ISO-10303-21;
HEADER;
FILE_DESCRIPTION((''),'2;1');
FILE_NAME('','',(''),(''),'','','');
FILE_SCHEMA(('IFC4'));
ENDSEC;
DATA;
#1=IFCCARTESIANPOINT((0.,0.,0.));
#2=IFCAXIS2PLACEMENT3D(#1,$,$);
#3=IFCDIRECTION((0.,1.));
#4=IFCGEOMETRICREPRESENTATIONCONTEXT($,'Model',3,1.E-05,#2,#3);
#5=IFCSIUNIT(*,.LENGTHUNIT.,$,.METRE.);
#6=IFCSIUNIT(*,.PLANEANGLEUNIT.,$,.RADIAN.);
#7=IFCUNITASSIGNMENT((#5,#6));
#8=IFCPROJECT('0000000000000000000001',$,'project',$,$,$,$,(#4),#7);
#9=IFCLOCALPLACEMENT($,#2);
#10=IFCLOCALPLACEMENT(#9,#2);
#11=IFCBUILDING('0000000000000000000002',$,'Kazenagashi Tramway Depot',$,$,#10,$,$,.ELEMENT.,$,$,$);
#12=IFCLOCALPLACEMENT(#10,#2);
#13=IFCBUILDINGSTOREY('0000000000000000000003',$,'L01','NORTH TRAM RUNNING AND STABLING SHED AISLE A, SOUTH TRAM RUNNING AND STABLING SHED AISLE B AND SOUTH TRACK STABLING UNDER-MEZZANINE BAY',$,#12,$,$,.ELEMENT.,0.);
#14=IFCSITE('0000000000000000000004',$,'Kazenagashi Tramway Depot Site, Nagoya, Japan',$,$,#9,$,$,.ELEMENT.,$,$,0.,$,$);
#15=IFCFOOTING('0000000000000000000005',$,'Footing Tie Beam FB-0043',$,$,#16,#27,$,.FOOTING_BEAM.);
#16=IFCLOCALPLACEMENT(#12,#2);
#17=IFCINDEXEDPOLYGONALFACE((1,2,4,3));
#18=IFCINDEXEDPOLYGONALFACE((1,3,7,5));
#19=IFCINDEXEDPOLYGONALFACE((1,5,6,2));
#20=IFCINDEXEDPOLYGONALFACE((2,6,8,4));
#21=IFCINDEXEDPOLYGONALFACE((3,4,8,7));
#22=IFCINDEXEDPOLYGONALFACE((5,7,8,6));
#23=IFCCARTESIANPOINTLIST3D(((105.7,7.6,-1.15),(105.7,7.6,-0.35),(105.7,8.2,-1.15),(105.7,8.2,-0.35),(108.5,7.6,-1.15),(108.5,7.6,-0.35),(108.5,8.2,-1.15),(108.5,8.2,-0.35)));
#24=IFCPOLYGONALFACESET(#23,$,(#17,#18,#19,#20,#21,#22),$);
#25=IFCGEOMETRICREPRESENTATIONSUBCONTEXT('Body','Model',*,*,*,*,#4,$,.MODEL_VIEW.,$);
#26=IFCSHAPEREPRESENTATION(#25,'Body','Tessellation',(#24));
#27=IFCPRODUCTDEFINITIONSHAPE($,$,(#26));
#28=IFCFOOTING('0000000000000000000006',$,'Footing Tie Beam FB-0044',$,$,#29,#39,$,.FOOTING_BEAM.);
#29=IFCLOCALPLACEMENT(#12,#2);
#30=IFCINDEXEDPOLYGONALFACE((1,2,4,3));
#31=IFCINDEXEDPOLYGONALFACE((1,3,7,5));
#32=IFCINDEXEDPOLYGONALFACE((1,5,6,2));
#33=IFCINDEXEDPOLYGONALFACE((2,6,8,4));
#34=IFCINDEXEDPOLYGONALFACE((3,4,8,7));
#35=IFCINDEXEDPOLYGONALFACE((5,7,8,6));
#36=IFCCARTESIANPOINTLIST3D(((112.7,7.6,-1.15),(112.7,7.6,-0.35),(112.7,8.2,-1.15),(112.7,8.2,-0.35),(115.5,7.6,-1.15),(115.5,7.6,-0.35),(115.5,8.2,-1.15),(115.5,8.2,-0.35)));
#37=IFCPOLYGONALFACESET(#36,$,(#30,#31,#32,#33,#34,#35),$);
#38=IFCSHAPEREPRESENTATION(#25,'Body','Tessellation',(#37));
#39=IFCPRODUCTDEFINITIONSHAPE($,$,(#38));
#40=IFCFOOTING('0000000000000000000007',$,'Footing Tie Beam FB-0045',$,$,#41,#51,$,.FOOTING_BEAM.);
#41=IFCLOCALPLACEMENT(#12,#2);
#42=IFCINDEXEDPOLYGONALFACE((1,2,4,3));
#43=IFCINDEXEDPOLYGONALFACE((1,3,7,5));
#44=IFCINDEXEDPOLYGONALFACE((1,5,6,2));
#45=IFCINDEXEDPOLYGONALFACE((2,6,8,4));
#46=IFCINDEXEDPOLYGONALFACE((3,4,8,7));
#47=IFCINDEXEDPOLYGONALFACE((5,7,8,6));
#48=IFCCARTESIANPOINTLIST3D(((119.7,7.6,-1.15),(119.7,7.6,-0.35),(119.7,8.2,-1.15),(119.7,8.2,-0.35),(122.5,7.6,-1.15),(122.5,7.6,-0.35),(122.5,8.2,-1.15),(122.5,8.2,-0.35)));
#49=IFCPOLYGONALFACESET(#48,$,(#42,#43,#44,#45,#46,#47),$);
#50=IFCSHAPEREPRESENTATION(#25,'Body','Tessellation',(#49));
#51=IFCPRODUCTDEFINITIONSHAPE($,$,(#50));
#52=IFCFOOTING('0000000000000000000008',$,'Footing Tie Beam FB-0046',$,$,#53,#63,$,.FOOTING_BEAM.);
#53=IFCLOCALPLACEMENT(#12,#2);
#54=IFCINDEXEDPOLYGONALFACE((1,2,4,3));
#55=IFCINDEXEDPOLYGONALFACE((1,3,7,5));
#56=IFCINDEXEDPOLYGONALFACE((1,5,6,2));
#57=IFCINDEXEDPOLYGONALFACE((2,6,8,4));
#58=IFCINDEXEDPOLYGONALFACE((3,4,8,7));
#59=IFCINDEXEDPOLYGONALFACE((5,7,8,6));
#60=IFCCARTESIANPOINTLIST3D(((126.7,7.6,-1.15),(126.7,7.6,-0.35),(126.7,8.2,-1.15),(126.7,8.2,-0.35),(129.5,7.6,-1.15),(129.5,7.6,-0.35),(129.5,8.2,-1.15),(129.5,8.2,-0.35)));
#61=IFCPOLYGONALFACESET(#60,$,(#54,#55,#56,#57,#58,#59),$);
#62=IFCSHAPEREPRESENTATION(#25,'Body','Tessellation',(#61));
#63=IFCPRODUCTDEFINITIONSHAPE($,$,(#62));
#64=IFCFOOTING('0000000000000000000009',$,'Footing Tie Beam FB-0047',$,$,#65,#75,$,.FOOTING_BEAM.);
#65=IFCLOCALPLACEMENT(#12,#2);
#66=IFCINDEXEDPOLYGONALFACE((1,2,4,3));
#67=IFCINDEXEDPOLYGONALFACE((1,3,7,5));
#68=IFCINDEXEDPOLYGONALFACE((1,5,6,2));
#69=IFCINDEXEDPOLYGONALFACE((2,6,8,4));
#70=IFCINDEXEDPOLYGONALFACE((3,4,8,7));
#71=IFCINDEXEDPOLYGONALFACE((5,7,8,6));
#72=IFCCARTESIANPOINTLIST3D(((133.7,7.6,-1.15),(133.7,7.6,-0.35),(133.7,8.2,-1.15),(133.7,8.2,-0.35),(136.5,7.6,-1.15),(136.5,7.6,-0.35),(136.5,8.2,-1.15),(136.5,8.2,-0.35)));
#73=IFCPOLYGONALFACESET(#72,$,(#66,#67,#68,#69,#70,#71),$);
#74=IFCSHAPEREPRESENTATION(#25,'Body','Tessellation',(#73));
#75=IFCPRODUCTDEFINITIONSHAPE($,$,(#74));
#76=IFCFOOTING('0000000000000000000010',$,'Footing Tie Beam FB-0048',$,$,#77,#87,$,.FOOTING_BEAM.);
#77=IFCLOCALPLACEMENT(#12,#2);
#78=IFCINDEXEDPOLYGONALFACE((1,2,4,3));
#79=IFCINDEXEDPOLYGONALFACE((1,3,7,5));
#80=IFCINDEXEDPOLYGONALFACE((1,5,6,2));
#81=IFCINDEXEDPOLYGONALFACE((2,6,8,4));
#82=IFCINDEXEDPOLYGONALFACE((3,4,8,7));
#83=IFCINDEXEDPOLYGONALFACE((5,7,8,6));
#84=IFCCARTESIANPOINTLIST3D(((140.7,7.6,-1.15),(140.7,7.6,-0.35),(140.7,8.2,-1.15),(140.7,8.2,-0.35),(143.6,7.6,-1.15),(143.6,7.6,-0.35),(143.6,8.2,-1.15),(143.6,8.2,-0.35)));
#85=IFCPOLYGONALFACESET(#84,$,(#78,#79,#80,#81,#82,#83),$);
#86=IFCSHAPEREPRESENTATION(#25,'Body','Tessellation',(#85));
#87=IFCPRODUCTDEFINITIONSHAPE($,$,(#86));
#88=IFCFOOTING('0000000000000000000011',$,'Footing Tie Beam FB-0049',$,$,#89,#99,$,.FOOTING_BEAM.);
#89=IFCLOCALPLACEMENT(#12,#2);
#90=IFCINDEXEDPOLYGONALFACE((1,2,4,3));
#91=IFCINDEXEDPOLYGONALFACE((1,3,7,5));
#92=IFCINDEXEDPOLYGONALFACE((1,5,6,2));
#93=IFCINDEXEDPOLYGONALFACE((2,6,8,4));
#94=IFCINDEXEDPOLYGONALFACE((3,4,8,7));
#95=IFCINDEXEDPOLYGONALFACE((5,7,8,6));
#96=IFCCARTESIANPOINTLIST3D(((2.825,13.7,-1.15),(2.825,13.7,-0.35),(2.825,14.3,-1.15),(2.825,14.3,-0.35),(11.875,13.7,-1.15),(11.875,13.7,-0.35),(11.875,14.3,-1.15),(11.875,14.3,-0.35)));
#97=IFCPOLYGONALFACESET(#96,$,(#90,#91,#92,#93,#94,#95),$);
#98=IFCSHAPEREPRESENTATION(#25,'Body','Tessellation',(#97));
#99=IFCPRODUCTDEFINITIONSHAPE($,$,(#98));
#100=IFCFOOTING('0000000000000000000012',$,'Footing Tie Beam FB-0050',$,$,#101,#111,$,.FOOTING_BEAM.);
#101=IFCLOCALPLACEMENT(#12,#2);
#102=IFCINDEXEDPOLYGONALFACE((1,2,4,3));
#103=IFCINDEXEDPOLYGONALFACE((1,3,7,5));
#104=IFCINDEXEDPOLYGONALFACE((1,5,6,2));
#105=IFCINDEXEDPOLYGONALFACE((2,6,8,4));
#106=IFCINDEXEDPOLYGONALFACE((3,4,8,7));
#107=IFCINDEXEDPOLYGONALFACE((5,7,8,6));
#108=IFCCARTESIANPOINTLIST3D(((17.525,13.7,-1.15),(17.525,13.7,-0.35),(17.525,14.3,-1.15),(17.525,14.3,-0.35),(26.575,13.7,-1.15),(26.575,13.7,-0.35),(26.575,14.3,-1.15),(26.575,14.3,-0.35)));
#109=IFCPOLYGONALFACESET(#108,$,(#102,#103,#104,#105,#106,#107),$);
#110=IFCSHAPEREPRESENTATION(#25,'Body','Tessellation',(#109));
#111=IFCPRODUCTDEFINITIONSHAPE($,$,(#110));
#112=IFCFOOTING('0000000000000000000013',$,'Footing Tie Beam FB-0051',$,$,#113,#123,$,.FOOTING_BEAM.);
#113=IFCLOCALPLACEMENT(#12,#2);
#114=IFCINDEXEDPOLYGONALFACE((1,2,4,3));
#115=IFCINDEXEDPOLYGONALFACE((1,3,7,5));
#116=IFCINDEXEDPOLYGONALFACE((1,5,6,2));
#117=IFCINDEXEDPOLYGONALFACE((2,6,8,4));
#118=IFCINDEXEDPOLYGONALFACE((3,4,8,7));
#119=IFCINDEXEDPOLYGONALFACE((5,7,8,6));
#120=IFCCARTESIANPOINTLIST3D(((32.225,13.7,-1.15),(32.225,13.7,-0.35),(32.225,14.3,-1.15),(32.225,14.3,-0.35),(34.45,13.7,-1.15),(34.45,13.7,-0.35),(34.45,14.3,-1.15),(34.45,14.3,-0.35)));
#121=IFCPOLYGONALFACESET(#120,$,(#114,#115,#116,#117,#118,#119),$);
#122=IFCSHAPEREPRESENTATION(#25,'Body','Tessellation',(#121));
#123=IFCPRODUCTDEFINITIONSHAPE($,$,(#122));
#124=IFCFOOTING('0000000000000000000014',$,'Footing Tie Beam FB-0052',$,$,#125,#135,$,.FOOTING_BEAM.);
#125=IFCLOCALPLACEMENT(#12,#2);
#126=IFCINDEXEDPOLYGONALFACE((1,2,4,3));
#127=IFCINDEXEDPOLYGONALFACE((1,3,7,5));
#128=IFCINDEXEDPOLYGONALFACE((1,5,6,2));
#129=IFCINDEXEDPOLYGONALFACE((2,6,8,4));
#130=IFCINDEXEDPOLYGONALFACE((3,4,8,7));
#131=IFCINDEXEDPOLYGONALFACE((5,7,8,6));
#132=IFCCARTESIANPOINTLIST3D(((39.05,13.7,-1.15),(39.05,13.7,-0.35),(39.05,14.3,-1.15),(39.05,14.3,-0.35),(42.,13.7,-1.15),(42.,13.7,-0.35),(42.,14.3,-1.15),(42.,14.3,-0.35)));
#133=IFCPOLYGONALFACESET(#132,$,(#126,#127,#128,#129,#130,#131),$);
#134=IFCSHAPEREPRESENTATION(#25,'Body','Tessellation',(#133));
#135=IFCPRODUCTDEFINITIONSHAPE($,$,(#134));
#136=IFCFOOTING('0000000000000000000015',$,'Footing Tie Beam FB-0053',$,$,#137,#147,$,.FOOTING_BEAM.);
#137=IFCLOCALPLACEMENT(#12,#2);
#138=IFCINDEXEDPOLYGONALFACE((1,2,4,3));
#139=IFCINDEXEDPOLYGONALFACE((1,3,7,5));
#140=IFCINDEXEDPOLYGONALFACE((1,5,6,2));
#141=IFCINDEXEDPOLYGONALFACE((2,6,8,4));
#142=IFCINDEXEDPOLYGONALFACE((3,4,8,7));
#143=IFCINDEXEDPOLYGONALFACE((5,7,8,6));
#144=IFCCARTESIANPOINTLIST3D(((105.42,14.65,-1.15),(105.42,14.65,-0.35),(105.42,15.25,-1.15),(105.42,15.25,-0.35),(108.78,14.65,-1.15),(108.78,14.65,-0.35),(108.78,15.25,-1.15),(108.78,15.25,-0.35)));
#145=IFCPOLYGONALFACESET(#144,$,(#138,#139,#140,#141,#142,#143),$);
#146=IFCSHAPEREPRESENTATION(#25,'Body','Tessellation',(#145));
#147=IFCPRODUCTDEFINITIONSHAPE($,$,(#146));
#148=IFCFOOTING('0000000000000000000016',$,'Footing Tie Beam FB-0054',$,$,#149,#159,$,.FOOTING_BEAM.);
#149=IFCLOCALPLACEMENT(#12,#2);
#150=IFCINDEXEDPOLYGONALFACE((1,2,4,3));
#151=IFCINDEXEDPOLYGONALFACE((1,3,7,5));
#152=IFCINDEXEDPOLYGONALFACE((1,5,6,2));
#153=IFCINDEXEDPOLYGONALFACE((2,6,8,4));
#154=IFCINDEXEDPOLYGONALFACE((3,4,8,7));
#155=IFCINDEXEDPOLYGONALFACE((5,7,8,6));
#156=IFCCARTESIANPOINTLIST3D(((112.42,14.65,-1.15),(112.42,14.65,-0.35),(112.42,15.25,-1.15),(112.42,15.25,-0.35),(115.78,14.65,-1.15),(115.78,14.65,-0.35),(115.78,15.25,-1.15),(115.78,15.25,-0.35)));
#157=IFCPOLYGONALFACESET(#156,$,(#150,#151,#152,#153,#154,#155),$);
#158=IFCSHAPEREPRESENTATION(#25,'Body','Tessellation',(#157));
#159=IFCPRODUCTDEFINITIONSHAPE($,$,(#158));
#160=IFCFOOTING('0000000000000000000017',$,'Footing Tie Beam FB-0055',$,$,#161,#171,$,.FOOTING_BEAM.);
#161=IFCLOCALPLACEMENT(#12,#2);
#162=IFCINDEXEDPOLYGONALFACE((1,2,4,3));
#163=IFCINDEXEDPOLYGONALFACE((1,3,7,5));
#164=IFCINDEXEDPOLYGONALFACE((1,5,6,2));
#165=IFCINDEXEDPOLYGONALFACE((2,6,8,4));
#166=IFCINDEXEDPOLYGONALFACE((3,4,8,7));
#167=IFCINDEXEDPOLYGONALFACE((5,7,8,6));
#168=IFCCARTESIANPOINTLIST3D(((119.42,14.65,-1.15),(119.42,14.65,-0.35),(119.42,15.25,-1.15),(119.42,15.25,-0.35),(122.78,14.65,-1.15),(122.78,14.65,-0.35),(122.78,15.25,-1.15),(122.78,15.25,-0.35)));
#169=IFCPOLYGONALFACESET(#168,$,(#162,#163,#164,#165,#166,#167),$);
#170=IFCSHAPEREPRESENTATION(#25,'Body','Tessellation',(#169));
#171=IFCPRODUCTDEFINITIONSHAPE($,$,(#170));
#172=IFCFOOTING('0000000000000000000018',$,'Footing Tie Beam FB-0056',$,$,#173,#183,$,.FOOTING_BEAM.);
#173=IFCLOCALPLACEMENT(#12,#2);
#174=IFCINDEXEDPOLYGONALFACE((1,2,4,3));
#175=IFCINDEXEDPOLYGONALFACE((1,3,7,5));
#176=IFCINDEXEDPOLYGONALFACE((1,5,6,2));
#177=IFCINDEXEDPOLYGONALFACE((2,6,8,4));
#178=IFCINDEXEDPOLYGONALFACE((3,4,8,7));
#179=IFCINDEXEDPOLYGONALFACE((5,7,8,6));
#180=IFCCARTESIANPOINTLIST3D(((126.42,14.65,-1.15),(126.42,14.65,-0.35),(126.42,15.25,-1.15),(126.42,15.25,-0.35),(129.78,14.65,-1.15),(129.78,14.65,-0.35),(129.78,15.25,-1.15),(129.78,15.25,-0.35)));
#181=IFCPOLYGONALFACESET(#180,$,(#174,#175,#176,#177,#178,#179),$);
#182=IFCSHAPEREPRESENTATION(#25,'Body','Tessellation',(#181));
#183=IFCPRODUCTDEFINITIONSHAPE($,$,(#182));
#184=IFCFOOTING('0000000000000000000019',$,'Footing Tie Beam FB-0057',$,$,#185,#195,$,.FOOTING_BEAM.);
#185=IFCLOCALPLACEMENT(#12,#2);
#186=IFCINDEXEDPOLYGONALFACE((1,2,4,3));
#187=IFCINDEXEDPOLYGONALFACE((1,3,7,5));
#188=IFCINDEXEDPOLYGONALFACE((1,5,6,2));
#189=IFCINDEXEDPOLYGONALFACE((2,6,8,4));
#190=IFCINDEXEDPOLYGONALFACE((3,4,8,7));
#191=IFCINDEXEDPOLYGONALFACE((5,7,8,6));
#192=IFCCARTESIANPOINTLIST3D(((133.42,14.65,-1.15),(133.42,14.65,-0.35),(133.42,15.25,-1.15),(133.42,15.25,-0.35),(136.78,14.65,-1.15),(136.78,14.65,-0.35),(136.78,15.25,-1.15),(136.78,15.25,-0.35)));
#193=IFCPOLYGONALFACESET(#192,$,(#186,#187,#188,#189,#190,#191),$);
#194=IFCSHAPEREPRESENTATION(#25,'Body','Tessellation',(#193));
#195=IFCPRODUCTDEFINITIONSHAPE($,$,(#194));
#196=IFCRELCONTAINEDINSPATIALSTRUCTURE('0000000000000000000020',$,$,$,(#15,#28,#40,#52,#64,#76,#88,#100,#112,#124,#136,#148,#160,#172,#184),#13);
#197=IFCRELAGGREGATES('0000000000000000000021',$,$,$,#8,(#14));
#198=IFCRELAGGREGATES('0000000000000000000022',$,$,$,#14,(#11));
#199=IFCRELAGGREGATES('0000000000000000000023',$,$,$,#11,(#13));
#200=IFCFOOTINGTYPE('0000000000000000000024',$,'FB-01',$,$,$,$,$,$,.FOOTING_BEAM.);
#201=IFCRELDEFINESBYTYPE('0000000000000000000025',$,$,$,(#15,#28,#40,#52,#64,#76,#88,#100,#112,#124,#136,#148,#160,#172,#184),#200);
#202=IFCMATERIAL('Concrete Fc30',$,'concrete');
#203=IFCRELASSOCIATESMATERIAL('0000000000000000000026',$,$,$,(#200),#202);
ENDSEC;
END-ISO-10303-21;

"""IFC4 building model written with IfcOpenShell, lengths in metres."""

from ifc_helpers import new_model, si_unit, direction, frame, origin, place, context, subcontext, project, spatial, polyline, outline, extrude, material, type_object, element, save


model = new_model("IFC4")

# Units and contexts
model_context = context("Model", 3, precision=1e-05, world=origin(), true_north=direction((0.0, 1.0)))
body_context = subcontext(model_context, "Body", "Model", "MODEL_VIEW")
ifc_project = project(units=[si_unit("LENGTHUNIT", "METRE"), si_unit("PLANEANGLEUNIT", "RADIAN")], contexts=[model_context])

# Site, building, storey
site_placement = place(None, origin())
site = spatial("IfcSite", under=ifc_project, at=site_placement, Name="Kazenagashi Tramway Depot Site, Nagoya, Japan", CompositionType="ELEMENT", RefElevation=0.0)
building_placement = place(site_placement, origin())
building = spatial("IfcBuilding", under=site, at=building_placement, Name="Kazenagashi Tramway Depot", CompositionType="ELEMENT")
storey_placement = place(building_placement, origin())
storey = spatial("IfcBuildingStorey", under=building, at=storey_placement, Name="L01", Description="NORTH TRAM RUNNING AND STABLING SHED AISLE A, SOUTH TRAM RUNNING AND STABLING SHED AISLE B AND SOUTH TRACK STABLING UNDER-MEZZANINE BAY", CompositionType="ELEMENT", Elevation=0.0)

# Footings
ifc_material = material(Name="Concrete Fc30", Category="concrete")
footing_type = type_object("IfcFootingType", Name="FB-01", PredefinedType="FOOTING_BEAM", material=ifc_material)
footing_1_placement = place(storey_placement, frame((0.0, 0.0, -1.15)))
element("IfcFooting", 1, at=footing_1_placement, inside=storey, type_object=footing_type, Name="Footing Tie Beam FB-0043", PredefinedType="FOOTING_BEAM", context=body_context, shape_type="SweptSolid", body=[
    extrude(outline(polyline([(105.7, 7.6), (108.5, 7.6), (108.5, 8.2), (105.7, 8.2), (105.7, 7.6)])), origin(), (0.0, 0.0, 1.0), 0.8),
])
footing_2_placement = place(storey_placement, frame((0.0, 0.0, -1.15)))
element("IfcFooting", 2, at=footing_2_placement, inside=storey, type_object=footing_type, Name="Footing Tie Beam FB-0044", PredefinedType="FOOTING_BEAM", context=body_context, shape_type="SweptSolid", body=[
    extrude(outline(polyline([(112.7, 7.6), (115.5, 7.6), (115.5, 8.2), (112.7, 8.2), (112.7, 7.6)])), origin(), (0.0, 0.0, 1.0), 0.8),
])
footing_3_placement = place(storey_placement, frame((0.0, 0.0, -1.15)))
element("IfcFooting", 3, at=footing_3_placement, inside=storey, type_object=footing_type, Name="Footing Tie Beam FB-0045", PredefinedType="FOOTING_BEAM", context=body_context, shape_type="SweptSolid", body=[
    extrude(outline(polyline([(119.7, 7.6), (122.5, 7.6), (122.5, 8.2), (119.7, 8.2), (119.7, 7.6)])), origin(), (0.0, 0.0, 1.0), 0.8),
])
footing_4_placement = place(storey_placement, frame((0.0, 0.0, -1.15)))
element("IfcFooting", 4, at=footing_4_placement, inside=storey, type_object=footing_type, Name="Footing Tie Beam FB-0046", PredefinedType="FOOTING_BEAM", context=body_context, shape_type="SweptSolid", body=[
    extrude(outline(polyline([(126.7, 7.6), (129.5, 7.6), (129.5, 8.2), (126.7, 8.2), (126.7, 7.6)])), origin(), (0.0, 0.0, 1.0), 0.8),
])
footing_5_placement = place(storey_placement, frame((0.0, 0.0, -1.15)))
element("IfcFooting", 5, at=footing_5_placement, inside=storey, type_object=footing_type, Name="Footing Tie Beam FB-0047", PredefinedType="FOOTING_BEAM", context=body_context, shape_type="SweptSolid", body=[
    extrude(outline(polyline([(133.7, 7.6), (136.5, 7.6), (136.5, 8.2), (133.7, 8.2), (133.7, 7.6)])), origin(), (0.0, 0.0, 1.0), 0.8),
])
footing_6_placement = place(storey_placement, frame((0.0, 0.0, -1.15)))
element("IfcFooting", 6, at=footing_6_placement, inside=storey, type_object=footing_type, Name="Footing Tie Beam FB-0048", PredefinedType="FOOTING_BEAM", context=body_context, shape_type="SweptSolid", body=[
    extrude(outline(polyline([(140.7, 7.6), (143.6, 7.6), (143.6, 8.2), (140.7, 8.2), (140.7, 7.6)])), origin(), (0.0, 0.0, 1.0), 0.8),
])
footing_7_placement = place(storey_placement, frame((0.0, 0.0, -1.15)))
element("IfcFooting", 7, at=footing_7_placement, inside=storey, type_object=footing_type, Name="Footing Tie Beam FB-0049", PredefinedType="FOOTING_BEAM", context=body_context, shape_type="SweptSolid", body=[
    extrude(outline(polyline([(2.825, 13.7), (11.875, 13.7), (11.875, 14.3), (2.825, 14.3), (2.825, 13.7)])), origin(), (0.0, 0.0, 1.0), 0.8),
])
footing_8_placement = place(storey_placement, frame((0.0, 0.0, -1.15)))
element("IfcFooting", 8, at=footing_8_placement, inside=storey, type_object=footing_type, Name="Footing Tie Beam FB-0050", PredefinedType="FOOTING_BEAM", context=body_context, shape_type="SweptSolid", body=[
    extrude(outline(polyline([(17.525, 13.7), (26.575, 13.7), (26.575, 14.3), (17.525, 14.3), (17.525, 13.7)])), origin(), (0.0, 0.0, 1.0), 0.8),
])
footing_9_placement = place(storey_placement, frame((0.0, 0.0, -1.15)))
element("IfcFooting", 9, at=footing_9_placement, inside=storey, type_object=footing_type, Name="Footing Tie Beam FB-0051", PredefinedType="FOOTING_BEAM", context=body_context, shape_type="SweptSolid", body=[
    extrude(outline(polyline([(32.225, 13.7), (34.45, 13.7), (34.45, 14.3), (32.225, 14.3), (32.225, 13.7)])), origin(), (0.0, 0.0, 1.0), 0.8),
])
footing_10_placement = place(storey_placement, frame((0.0, 0.0, -1.15)))
element("IfcFooting", 10, at=footing_10_placement, inside=storey, type_object=footing_type, Name="Footing Tie Beam FB-0052", PredefinedType="FOOTING_BEAM", context=body_context, shape_type="SweptSolid", body=[
    extrude(outline(polyline([(39.05, 13.7), (42.0, 13.7), (42.0, 14.3), (39.05, 14.3), (39.05, 13.7)])), origin(), (0.0, 0.0, 1.0), 0.8),
])
footing_11_placement = place(storey_placement, frame((0.0, 0.0, -1.15)))
element("IfcFooting", 11, at=footing_11_placement, inside=storey, type_object=footing_type, Name="Footing Tie Beam FB-0053", PredefinedType="FOOTING_BEAM", context=body_context, shape_type="SweptSolid", body=[
    extrude(outline(polyline([(105.42, 14.65), (108.78, 14.65), (108.78, 15.25), (105.42, 15.25), (105.42, 14.65)])), origin(), (0.0, 0.0, 1.0), 0.8),
])
footing_12_placement = place(storey_placement, frame((0.0, 0.0, -1.15)))
element("IfcFooting", 12, at=footing_12_placement, inside=storey, type_object=footing_type, Name="Footing Tie Beam FB-0054", PredefinedType="FOOTING_BEAM", context=body_context, shape_type="SweptSolid", body=[
    extrude(outline(polyline([(112.42, 14.65), (115.78, 14.65), (115.78, 15.25), (112.42, 15.25), (112.42, 14.65)])), origin(), (0.0, 0.0, 1.0), 0.8),
])
footing_13_placement = place(storey_placement, frame((0.0, 0.0, -1.15)))
element("IfcFooting", 13, at=footing_13_placement, inside=storey, type_object=footing_type, Name="Footing Tie Beam FB-0055", PredefinedType="FOOTING_BEAM", context=body_context, shape_type="SweptSolid", body=[
    extrude(outline(polyline([(119.42, 14.65), (122.78, 14.65), (122.78, 15.25), (119.42, 15.25), (119.42, 14.65)])), origin(), (0.0, 0.0, 1.0), 0.8),
])
footing_14_placement = place(storey_placement, frame((0.0, 0.0, -1.15)))
element("IfcFooting", 14, at=footing_14_placement, inside=storey, type_object=footing_type, Name="Footing Tie Beam FB-0056", PredefinedType="FOOTING_BEAM", context=body_context, shape_type="SweptSolid", body=[
    extrude(outline(polyline([(126.42, 14.65), (129.78, 14.65), (129.78, 15.25), (126.42, 15.25), (126.42, 14.65)])), origin(), (0.0, 0.0, 1.0), 0.8),
])
footing_15_placement = place(storey_placement, frame((0.0, 0.0, -1.15)))
element("IfcFooting", 15, at=footing_15_placement, inside=storey, type_object=footing_type, Name="Footing Tie Beam FB-0057", PredefinedType="FOOTING_BEAM", context=body_context, shape_type="SweptSolid", body=[
    extrude(outline(polyline([(133.42, 14.65), (136.78, 14.65), (136.78, 15.25), (133.42, 15.25), (133.42, 14.65)])), origin(), (0.0, 0.0, 1.0), 0.8),
])

save(model, "model.ifc")
